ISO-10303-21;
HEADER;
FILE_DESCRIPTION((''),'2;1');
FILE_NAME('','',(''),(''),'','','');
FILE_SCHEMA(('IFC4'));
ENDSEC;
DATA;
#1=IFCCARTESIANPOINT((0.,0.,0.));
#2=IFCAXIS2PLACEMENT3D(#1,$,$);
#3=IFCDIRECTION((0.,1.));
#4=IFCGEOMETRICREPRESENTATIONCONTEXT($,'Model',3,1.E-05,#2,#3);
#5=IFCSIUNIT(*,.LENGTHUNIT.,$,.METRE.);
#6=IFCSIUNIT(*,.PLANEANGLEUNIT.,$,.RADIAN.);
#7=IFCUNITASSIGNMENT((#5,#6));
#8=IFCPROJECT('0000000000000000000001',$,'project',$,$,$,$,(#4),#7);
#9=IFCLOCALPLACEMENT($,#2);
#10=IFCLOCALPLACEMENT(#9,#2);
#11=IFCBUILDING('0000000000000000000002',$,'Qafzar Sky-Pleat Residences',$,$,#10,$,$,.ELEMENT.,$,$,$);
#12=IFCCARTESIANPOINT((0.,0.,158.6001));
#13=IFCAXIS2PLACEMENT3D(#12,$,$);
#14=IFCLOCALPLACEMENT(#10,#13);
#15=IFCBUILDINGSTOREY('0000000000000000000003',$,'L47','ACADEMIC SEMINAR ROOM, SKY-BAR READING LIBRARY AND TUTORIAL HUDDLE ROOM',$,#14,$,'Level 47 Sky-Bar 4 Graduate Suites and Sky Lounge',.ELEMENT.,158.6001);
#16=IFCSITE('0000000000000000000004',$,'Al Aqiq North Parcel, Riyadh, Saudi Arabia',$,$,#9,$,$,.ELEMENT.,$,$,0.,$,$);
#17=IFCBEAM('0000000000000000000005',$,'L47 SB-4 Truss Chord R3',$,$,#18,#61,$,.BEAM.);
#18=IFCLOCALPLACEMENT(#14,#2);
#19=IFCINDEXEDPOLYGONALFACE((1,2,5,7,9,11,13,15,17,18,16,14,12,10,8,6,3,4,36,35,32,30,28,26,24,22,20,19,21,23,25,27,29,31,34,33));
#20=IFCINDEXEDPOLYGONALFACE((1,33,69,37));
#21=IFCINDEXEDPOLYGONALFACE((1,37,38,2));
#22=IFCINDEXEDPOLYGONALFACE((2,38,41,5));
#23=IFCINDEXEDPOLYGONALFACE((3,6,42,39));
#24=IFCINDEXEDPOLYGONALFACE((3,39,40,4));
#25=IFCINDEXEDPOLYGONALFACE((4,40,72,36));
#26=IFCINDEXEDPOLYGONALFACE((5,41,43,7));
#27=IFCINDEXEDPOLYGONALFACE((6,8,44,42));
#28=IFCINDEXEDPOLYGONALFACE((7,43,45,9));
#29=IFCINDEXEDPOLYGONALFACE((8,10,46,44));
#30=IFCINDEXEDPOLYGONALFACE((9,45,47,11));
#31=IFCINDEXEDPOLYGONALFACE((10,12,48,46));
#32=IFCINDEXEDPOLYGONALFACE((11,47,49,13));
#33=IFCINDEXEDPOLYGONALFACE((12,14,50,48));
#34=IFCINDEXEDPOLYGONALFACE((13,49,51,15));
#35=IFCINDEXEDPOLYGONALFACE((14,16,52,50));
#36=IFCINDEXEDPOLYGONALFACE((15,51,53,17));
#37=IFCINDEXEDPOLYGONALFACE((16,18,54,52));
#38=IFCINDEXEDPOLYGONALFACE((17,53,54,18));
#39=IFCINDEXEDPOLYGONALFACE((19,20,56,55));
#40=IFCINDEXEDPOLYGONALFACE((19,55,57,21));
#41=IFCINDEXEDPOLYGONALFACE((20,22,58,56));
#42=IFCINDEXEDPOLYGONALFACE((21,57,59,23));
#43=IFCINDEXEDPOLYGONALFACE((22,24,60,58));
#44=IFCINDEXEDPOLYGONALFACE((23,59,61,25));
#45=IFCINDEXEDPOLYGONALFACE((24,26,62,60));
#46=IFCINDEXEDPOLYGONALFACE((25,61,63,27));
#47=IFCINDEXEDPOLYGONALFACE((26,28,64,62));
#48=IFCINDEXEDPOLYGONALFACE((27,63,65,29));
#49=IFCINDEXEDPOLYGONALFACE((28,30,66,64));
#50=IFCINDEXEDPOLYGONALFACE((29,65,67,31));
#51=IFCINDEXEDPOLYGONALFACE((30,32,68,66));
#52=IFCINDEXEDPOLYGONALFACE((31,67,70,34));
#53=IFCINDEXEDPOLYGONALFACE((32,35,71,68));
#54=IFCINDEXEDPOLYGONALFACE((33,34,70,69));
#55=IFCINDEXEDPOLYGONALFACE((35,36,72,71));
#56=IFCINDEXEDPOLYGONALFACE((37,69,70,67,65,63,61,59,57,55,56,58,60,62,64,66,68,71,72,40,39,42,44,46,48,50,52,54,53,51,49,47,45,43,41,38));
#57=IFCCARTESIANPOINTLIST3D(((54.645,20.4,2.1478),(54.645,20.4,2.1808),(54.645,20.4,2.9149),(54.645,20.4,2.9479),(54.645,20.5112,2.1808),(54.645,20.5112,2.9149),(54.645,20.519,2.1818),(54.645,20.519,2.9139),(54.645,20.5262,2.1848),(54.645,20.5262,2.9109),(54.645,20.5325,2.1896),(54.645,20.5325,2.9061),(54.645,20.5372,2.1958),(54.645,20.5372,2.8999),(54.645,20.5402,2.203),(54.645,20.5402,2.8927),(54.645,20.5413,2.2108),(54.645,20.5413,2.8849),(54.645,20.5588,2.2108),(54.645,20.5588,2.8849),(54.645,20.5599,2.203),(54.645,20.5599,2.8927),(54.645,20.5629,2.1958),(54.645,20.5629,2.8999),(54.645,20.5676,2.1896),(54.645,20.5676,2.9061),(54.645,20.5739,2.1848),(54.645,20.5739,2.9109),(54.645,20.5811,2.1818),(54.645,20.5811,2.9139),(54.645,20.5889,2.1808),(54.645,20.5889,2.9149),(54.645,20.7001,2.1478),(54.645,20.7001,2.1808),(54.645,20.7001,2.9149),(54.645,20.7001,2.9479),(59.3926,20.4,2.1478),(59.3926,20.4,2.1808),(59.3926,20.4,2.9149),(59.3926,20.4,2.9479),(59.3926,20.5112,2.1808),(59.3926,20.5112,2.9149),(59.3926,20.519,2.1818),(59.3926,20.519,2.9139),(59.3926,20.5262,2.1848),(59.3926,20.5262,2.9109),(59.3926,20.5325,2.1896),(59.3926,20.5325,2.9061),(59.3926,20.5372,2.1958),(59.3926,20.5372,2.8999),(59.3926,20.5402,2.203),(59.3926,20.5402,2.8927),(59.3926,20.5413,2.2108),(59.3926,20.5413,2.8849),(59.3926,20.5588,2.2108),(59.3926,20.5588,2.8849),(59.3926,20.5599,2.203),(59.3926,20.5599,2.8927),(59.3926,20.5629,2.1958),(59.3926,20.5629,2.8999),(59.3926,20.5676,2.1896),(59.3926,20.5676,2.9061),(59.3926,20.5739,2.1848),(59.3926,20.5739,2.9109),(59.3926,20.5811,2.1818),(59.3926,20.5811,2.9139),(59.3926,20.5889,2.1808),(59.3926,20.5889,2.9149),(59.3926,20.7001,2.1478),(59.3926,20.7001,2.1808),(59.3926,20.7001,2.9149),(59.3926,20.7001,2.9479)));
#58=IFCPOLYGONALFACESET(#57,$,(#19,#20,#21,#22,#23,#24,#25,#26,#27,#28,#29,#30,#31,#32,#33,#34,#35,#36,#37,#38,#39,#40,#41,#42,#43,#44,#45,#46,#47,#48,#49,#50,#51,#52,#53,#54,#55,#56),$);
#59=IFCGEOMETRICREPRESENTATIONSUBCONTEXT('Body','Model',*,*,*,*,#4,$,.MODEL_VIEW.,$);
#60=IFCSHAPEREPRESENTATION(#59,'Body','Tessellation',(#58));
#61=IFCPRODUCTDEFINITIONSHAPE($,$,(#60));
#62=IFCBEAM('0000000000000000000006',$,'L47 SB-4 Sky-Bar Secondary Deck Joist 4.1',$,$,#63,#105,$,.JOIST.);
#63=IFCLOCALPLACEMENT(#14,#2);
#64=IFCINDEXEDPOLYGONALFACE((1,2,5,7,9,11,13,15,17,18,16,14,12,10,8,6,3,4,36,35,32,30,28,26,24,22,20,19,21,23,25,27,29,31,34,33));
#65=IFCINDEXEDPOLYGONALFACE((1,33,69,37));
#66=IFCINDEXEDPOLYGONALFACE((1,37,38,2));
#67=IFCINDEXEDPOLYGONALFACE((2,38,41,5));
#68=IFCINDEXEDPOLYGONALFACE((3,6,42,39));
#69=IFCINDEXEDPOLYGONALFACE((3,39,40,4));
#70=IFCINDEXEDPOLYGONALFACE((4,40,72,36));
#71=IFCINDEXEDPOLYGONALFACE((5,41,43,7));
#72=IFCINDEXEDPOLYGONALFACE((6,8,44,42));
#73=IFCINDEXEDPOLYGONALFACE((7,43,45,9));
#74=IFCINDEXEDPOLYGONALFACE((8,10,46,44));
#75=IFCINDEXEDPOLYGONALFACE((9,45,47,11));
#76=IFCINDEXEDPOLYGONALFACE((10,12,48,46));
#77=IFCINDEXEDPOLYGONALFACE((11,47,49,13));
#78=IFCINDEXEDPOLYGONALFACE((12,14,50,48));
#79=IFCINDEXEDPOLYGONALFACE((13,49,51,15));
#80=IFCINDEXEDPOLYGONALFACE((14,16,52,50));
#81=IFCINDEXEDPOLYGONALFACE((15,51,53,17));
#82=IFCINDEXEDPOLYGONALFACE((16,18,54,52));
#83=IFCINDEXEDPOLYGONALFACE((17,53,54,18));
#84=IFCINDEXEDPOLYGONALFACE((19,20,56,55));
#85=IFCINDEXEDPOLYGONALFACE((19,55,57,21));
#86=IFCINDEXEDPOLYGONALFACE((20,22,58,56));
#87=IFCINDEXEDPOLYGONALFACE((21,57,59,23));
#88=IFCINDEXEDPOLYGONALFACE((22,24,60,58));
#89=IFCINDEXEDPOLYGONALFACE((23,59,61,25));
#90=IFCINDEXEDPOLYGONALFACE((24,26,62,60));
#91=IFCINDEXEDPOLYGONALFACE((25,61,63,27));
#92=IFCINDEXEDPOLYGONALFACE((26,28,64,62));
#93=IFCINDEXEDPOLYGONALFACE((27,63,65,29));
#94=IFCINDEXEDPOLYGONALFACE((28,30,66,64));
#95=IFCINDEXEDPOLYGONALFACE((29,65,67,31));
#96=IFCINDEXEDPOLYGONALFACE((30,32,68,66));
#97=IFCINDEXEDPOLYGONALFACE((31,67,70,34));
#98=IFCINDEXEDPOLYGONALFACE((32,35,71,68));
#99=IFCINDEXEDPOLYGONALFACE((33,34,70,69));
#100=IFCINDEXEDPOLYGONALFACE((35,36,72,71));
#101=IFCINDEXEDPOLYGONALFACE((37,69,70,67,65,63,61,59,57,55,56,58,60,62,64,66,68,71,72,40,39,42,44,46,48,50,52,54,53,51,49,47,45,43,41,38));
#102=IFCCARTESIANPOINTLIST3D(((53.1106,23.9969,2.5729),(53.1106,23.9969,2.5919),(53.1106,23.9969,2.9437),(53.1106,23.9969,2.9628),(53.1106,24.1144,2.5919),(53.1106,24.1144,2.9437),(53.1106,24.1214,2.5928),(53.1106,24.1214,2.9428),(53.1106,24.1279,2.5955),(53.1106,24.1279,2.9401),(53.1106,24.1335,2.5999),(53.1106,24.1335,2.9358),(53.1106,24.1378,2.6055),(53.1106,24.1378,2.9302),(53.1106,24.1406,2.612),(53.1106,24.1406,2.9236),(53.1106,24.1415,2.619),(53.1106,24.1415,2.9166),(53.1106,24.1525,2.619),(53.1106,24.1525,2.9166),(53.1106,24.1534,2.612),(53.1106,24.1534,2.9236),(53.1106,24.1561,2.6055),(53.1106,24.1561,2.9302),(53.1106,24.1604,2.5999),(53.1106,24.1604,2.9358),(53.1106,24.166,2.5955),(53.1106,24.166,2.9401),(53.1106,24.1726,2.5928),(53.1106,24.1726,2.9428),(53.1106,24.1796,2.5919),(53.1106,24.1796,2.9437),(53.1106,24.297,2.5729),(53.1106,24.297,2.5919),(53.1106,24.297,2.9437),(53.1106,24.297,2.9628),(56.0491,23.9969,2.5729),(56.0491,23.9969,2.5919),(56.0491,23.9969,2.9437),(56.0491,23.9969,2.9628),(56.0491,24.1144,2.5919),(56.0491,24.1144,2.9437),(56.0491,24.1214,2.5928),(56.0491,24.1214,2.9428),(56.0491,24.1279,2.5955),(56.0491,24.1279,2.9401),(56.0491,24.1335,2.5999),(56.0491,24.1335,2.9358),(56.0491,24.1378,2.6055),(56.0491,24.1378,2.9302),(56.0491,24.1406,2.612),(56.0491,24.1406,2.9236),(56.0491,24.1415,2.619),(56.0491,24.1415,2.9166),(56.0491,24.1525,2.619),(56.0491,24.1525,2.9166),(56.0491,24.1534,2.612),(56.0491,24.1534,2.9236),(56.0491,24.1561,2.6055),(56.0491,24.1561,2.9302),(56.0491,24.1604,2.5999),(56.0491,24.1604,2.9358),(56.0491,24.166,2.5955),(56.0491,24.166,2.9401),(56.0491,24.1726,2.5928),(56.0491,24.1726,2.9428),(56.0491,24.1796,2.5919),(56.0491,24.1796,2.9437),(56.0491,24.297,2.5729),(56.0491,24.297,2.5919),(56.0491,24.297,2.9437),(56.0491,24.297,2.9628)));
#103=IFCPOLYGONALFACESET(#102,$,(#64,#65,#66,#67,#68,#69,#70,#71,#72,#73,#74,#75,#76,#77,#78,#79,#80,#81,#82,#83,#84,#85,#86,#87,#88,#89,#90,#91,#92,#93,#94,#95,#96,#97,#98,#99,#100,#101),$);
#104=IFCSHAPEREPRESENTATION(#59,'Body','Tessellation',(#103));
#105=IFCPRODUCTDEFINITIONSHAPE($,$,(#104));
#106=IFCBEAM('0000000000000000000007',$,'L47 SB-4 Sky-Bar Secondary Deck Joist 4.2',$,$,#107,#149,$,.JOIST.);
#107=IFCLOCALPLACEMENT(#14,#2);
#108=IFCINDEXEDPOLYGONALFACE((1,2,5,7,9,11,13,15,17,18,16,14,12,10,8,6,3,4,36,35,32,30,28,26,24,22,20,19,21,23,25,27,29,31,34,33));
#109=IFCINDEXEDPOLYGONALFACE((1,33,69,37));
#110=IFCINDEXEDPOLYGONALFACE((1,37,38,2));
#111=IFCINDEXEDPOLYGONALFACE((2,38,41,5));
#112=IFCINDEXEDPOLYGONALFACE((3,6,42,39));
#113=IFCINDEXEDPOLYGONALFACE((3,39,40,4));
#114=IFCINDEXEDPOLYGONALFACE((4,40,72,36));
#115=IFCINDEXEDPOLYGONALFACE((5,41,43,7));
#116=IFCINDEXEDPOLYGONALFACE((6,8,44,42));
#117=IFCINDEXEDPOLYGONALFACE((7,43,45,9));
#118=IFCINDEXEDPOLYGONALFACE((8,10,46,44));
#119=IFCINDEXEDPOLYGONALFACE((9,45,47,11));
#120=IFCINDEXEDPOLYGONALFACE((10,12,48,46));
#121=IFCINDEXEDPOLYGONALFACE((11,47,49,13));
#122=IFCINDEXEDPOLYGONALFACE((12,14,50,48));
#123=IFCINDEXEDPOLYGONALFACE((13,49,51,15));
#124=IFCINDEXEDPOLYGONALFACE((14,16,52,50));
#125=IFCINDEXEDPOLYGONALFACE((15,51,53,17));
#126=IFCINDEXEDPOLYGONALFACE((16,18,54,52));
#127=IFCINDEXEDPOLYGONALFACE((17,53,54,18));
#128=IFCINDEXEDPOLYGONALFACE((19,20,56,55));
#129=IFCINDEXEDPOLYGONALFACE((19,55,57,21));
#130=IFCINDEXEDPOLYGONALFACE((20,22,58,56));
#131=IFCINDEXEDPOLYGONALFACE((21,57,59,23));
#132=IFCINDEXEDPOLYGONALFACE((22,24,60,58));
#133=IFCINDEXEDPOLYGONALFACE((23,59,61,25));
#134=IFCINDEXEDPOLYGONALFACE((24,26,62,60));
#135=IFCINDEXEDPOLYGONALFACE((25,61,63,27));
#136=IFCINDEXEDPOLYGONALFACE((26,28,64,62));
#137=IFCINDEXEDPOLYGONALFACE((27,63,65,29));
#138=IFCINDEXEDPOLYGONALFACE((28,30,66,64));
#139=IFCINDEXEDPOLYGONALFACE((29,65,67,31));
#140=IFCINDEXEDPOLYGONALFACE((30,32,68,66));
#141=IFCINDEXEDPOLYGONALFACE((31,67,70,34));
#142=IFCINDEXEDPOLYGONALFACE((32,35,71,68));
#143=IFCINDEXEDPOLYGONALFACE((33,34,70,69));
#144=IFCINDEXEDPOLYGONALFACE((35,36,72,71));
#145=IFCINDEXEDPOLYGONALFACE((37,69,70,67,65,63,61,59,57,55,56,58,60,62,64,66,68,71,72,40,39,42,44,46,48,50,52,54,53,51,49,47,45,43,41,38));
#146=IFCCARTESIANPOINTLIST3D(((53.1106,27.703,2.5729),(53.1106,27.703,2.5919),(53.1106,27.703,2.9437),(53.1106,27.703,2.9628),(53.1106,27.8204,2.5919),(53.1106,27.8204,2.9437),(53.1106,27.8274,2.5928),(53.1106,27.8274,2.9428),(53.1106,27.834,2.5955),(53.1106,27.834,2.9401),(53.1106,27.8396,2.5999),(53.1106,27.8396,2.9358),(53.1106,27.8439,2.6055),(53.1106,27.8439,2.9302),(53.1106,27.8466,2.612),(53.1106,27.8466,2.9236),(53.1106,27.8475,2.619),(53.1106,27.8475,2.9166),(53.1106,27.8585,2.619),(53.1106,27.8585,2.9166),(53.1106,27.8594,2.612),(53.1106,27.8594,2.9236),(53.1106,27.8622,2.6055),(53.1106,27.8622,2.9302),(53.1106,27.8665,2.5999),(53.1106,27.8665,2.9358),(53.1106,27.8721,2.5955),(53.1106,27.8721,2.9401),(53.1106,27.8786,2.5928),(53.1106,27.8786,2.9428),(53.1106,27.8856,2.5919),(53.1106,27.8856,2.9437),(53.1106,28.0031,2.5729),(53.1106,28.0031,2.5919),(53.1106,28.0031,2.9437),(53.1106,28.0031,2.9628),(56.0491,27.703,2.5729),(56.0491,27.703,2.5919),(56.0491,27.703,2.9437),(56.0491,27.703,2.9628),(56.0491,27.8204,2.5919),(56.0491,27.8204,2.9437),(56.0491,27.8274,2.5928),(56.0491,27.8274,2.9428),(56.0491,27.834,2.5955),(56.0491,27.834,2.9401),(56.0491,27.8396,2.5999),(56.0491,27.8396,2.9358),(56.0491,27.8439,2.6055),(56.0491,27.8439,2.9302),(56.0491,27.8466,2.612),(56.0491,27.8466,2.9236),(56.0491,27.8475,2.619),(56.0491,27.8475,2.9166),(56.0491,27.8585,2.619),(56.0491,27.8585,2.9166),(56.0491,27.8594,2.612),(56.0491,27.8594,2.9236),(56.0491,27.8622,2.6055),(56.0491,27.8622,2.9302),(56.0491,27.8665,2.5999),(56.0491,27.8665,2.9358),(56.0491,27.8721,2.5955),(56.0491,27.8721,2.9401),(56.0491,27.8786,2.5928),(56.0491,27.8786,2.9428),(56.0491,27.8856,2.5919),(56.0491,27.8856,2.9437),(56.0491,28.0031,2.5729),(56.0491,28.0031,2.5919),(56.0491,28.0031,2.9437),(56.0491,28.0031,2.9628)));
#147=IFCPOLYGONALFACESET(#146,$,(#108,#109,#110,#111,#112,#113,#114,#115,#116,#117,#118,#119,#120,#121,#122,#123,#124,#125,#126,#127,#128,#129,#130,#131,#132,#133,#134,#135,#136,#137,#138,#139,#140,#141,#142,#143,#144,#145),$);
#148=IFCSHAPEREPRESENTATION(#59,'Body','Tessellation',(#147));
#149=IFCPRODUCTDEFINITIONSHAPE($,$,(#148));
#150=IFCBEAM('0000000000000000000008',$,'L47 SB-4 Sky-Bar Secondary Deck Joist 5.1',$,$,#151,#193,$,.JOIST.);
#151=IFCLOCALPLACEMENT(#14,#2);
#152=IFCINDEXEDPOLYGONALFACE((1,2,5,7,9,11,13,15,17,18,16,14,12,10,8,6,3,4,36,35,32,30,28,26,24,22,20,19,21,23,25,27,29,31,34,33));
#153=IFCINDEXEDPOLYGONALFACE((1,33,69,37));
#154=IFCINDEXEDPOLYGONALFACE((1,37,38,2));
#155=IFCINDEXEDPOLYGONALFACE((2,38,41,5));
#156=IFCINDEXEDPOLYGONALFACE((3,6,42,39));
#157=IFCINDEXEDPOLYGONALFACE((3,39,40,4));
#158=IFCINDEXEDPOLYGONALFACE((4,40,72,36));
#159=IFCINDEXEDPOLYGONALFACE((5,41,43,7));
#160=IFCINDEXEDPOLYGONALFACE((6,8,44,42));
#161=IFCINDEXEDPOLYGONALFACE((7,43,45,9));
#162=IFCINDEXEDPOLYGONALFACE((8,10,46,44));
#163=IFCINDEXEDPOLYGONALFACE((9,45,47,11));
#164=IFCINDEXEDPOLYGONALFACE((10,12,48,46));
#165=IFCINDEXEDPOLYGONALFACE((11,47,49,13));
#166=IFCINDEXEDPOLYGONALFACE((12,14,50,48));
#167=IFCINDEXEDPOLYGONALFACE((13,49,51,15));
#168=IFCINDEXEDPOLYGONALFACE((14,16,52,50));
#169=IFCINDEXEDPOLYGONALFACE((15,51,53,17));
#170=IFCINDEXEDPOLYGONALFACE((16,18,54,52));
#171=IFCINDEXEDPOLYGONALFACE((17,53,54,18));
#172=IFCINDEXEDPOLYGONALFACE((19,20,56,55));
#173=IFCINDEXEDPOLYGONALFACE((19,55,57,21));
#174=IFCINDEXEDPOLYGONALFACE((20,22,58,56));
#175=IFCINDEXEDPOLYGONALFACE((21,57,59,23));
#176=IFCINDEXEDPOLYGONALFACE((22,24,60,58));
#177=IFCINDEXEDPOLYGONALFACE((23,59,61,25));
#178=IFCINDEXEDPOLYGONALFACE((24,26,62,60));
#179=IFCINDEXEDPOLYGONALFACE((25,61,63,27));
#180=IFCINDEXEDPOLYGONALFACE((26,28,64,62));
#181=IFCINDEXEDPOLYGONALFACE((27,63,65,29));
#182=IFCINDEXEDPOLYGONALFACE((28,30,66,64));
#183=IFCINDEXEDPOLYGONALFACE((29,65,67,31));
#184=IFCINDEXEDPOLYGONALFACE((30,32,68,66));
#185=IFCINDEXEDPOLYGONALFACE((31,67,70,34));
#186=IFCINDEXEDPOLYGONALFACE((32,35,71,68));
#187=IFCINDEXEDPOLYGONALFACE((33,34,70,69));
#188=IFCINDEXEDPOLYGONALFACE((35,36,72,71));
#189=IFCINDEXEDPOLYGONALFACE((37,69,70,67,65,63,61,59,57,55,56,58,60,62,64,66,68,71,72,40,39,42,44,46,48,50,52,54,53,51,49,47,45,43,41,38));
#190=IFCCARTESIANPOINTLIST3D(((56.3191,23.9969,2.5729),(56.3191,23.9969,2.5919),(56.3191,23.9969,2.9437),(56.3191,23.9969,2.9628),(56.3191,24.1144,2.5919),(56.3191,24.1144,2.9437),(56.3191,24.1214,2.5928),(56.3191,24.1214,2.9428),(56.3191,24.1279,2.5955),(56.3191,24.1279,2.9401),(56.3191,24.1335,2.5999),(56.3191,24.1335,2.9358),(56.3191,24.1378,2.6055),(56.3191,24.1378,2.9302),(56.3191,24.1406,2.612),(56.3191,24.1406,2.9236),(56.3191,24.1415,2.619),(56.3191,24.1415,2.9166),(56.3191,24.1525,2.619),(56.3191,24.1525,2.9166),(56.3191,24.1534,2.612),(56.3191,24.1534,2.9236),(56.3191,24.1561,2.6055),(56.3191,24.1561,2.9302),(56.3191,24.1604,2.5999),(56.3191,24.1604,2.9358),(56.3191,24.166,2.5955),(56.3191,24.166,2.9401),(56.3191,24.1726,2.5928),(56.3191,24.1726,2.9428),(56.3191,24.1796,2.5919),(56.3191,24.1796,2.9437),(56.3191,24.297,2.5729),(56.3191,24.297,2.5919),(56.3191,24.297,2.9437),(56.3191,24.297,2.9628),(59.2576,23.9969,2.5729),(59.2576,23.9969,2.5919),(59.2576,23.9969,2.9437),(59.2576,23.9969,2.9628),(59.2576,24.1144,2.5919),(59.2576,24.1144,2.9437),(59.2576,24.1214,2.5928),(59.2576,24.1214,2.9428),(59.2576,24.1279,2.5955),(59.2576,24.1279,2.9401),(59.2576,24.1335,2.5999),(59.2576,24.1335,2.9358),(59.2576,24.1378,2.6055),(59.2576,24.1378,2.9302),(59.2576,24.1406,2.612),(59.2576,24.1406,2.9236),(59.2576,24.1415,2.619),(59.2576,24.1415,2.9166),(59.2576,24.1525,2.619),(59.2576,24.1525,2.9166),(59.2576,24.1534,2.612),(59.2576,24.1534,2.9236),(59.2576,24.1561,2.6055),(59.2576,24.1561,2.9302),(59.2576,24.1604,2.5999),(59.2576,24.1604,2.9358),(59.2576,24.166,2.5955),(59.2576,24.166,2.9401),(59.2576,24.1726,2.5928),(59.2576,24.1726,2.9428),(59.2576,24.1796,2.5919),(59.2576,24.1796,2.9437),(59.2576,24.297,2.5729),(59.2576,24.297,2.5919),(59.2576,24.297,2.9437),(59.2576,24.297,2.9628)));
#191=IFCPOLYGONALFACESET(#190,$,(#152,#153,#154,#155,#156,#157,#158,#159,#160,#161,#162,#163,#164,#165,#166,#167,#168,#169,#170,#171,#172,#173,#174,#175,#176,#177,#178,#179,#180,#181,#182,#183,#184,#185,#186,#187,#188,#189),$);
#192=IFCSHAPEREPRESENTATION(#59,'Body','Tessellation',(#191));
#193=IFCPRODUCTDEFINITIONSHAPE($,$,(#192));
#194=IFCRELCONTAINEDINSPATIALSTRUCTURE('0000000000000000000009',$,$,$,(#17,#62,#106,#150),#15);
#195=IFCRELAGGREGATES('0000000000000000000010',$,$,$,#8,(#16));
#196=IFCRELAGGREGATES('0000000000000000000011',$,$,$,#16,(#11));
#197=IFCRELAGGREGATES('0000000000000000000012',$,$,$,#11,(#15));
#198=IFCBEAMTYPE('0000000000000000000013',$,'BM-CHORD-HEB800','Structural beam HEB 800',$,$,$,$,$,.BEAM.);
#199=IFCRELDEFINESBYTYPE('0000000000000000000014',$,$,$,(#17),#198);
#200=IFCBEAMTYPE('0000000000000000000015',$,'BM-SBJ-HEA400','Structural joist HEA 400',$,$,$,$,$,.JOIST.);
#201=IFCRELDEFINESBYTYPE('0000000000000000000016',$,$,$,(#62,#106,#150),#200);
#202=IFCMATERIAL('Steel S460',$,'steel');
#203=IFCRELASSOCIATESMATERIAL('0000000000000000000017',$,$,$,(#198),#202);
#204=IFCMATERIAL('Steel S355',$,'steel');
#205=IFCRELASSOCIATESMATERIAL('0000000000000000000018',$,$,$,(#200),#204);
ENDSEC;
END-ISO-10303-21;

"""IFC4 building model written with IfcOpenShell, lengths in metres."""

from ifc_helpers import new_model, si_unit, direction, frame, origin, origin_2d, place, context, subcontext, project, spatial, i_section, extrude, source, transform, mapped, material, material_profile, profile_set, type_object, element, save


model = new_model("IFC4")

# Units and contexts
model_context = context("Model", 3, precision=1e-05, world=origin(), true_north=direction((0.0, 1.0)))
body_context = subcontext(model_context, "Body", "Model", "MODEL_VIEW")
ifc_project = project(units=[si_unit("LENGTHUNIT", "METRE"), si_unit("PLANEANGLEUNIT", "RADIAN")], contexts=[model_context])

# Site, building, storey
site_placement = place(None, origin())
site = spatial("IfcSite", under=ifc_project, at=site_placement, Name="Al Aqiq North Parcel, Riyadh, Saudi Arabia", CompositionType="ELEMENT", RefElevation=0.0)
building_placement = place(site_placement, origin())
building = spatial("IfcBuilding", under=site, at=building_placement, Name="Qafzar Sky-Pleat Residences", CompositionType="ELEMENT")
storey_placement = place(building_placement, frame((0.0, 0.0, 158.6001)))
storey = spatial("IfcBuildingStorey", under=building, at=storey_placement, Name="L47", Description="ACADEMIC SEMINAR ROOM, SKY-BAR READING LIBRARY AND TUTORIAL HUDDLE ROOM", LongName="Level 47 Sky-Bar 4 Graduate Suites and Sky Lounge", CompositionType="ELEMENT", Elevation=158.6001)

# Beams
ifc_material_1 = material(Name="Steel S460", Category="steel")
ifc_material_profile_1 = material_profile(ifc_material_1, i_section(OverallWidth=0.3, OverallDepth=0.8, WebThickness=0.0176, FlangeThickness=0.033, FilletRadius=0.03, at=origin_2d()), Name="HEB 800")
ifc_profile_set_1 = profile_set([ifc_material_profile_1], Name="Steel S460")
beam_type_1 = type_object("IfcBeamType", Name="BM-CHORD-HEB800", Description="Structural beam HEB 800", PredefinedType="BEAM", material=ifc_profile_set_1)
shared_shape_1 = source(origin(), body_context, "Body", "SweptSolid", [
    extrude(i_section(OverallWidth=0.3, OverallDepth=0.8, WebThickness=0.0176, FlangeThickness=0.033, FilletRadius=0.03, at=origin_2d()), origin(), (0.0, 0.0, 1.0), 4.7476),
])
beam_placement = place(storey_placement, frame((54.645, 20.55, 2.5479), z_axis=(1.0, 0.0, 0.0), x_axis=(0.0, 1.0, 0.0)))
element("IfcBeam", 1, at=beam_placement, inside=storey, type_object=beam_type_1, Name="L47 SB-4 Truss Chord R3", PredefinedType="BEAM", context=body_context, shape_type="MappedRepresentation", body=[
    mapped(shared_shape_1, transform((0.0, 0.0, 0.0), x_axis=(1.0, 0.0, 0.0), y_axis=(0.0, 1.0, 0.0), z_axis=(0.0, 0.0, 1.0), scale=1.0)),
])
ifc_material_2 = material(Name="Steel S355", Category="steel")
ifc_material_profile_2 = material_profile(ifc_material_2, i_section(OverallWidth=0.3, OverallDepth=0.3899, WebThickness=0.011, FlangeThickness=0.019, FilletRadius=0.0271, at=origin_2d()), Name="HEA 400")
ifc_profile_set_2 = profile_set([ifc_material_profile_2], Name="Steel S355")
beam_type_2 = type_object("IfcBeamType", Name="BM-SBJ-HEA400", Description="Structural joist HEA 400", PredefinedType="JOIST", material=ifc_profile_set_2)
shared_shape_2 = source(origin(), body_context, "Body", "SweptSolid", [
    extrude(i_section(OverallWidth=0.3, OverallDepth=0.3899, WebThickness=0.011, FlangeThickness=0.019, FilletRadius=0.0271, at=origin_2d()), origin(), (0.0, 0.0, 1.0), 2.9385),
])
for number, where, z_axis, x_axis, name in (
    (2, (53.1106, 24.147, 2.7678), (1.0, 0.0, 0.0), (0.0, 1.0, 0.0), "L47 SB-4 Sky-Bar Secondary Deck Joist 4.1"),
    (3, (53.1106, 27.853, 2.7678), (1.0, 0.0, 0.0), (0.0, 1.0, 0.0), "L47 SB-4 Sky-Bar Secondary Deck Joist 4.2"),
    (4, (56.3191, 24.147, 2.7678), (1.0, 0.0, 0.0), (0.0, 1.0, 0.0), "L47 SB-4 Sky-Bar Secondary Deck Joist 5.1"),
):
    element("IfcBeam", number, at=place(storey_placement, frame(where, z_axis=z_axis, x_axis=x_axis)), inside=storey, type_object=beam_type_2, Name=name, PredefinedType="JOIST", context=body_context, shape_type="MappedRepresentation", body=[
        mapped(shared_shape_2, transform((0.0, 0.0, 0.0), x_axis=(1.0, 0.0, 0.0), y_axis=(0.0, 1.0, 0.0), z_axis=(0.0, 0.0, 1.0), scale=1.0)),
    ])

save(model, "model.ifc")
